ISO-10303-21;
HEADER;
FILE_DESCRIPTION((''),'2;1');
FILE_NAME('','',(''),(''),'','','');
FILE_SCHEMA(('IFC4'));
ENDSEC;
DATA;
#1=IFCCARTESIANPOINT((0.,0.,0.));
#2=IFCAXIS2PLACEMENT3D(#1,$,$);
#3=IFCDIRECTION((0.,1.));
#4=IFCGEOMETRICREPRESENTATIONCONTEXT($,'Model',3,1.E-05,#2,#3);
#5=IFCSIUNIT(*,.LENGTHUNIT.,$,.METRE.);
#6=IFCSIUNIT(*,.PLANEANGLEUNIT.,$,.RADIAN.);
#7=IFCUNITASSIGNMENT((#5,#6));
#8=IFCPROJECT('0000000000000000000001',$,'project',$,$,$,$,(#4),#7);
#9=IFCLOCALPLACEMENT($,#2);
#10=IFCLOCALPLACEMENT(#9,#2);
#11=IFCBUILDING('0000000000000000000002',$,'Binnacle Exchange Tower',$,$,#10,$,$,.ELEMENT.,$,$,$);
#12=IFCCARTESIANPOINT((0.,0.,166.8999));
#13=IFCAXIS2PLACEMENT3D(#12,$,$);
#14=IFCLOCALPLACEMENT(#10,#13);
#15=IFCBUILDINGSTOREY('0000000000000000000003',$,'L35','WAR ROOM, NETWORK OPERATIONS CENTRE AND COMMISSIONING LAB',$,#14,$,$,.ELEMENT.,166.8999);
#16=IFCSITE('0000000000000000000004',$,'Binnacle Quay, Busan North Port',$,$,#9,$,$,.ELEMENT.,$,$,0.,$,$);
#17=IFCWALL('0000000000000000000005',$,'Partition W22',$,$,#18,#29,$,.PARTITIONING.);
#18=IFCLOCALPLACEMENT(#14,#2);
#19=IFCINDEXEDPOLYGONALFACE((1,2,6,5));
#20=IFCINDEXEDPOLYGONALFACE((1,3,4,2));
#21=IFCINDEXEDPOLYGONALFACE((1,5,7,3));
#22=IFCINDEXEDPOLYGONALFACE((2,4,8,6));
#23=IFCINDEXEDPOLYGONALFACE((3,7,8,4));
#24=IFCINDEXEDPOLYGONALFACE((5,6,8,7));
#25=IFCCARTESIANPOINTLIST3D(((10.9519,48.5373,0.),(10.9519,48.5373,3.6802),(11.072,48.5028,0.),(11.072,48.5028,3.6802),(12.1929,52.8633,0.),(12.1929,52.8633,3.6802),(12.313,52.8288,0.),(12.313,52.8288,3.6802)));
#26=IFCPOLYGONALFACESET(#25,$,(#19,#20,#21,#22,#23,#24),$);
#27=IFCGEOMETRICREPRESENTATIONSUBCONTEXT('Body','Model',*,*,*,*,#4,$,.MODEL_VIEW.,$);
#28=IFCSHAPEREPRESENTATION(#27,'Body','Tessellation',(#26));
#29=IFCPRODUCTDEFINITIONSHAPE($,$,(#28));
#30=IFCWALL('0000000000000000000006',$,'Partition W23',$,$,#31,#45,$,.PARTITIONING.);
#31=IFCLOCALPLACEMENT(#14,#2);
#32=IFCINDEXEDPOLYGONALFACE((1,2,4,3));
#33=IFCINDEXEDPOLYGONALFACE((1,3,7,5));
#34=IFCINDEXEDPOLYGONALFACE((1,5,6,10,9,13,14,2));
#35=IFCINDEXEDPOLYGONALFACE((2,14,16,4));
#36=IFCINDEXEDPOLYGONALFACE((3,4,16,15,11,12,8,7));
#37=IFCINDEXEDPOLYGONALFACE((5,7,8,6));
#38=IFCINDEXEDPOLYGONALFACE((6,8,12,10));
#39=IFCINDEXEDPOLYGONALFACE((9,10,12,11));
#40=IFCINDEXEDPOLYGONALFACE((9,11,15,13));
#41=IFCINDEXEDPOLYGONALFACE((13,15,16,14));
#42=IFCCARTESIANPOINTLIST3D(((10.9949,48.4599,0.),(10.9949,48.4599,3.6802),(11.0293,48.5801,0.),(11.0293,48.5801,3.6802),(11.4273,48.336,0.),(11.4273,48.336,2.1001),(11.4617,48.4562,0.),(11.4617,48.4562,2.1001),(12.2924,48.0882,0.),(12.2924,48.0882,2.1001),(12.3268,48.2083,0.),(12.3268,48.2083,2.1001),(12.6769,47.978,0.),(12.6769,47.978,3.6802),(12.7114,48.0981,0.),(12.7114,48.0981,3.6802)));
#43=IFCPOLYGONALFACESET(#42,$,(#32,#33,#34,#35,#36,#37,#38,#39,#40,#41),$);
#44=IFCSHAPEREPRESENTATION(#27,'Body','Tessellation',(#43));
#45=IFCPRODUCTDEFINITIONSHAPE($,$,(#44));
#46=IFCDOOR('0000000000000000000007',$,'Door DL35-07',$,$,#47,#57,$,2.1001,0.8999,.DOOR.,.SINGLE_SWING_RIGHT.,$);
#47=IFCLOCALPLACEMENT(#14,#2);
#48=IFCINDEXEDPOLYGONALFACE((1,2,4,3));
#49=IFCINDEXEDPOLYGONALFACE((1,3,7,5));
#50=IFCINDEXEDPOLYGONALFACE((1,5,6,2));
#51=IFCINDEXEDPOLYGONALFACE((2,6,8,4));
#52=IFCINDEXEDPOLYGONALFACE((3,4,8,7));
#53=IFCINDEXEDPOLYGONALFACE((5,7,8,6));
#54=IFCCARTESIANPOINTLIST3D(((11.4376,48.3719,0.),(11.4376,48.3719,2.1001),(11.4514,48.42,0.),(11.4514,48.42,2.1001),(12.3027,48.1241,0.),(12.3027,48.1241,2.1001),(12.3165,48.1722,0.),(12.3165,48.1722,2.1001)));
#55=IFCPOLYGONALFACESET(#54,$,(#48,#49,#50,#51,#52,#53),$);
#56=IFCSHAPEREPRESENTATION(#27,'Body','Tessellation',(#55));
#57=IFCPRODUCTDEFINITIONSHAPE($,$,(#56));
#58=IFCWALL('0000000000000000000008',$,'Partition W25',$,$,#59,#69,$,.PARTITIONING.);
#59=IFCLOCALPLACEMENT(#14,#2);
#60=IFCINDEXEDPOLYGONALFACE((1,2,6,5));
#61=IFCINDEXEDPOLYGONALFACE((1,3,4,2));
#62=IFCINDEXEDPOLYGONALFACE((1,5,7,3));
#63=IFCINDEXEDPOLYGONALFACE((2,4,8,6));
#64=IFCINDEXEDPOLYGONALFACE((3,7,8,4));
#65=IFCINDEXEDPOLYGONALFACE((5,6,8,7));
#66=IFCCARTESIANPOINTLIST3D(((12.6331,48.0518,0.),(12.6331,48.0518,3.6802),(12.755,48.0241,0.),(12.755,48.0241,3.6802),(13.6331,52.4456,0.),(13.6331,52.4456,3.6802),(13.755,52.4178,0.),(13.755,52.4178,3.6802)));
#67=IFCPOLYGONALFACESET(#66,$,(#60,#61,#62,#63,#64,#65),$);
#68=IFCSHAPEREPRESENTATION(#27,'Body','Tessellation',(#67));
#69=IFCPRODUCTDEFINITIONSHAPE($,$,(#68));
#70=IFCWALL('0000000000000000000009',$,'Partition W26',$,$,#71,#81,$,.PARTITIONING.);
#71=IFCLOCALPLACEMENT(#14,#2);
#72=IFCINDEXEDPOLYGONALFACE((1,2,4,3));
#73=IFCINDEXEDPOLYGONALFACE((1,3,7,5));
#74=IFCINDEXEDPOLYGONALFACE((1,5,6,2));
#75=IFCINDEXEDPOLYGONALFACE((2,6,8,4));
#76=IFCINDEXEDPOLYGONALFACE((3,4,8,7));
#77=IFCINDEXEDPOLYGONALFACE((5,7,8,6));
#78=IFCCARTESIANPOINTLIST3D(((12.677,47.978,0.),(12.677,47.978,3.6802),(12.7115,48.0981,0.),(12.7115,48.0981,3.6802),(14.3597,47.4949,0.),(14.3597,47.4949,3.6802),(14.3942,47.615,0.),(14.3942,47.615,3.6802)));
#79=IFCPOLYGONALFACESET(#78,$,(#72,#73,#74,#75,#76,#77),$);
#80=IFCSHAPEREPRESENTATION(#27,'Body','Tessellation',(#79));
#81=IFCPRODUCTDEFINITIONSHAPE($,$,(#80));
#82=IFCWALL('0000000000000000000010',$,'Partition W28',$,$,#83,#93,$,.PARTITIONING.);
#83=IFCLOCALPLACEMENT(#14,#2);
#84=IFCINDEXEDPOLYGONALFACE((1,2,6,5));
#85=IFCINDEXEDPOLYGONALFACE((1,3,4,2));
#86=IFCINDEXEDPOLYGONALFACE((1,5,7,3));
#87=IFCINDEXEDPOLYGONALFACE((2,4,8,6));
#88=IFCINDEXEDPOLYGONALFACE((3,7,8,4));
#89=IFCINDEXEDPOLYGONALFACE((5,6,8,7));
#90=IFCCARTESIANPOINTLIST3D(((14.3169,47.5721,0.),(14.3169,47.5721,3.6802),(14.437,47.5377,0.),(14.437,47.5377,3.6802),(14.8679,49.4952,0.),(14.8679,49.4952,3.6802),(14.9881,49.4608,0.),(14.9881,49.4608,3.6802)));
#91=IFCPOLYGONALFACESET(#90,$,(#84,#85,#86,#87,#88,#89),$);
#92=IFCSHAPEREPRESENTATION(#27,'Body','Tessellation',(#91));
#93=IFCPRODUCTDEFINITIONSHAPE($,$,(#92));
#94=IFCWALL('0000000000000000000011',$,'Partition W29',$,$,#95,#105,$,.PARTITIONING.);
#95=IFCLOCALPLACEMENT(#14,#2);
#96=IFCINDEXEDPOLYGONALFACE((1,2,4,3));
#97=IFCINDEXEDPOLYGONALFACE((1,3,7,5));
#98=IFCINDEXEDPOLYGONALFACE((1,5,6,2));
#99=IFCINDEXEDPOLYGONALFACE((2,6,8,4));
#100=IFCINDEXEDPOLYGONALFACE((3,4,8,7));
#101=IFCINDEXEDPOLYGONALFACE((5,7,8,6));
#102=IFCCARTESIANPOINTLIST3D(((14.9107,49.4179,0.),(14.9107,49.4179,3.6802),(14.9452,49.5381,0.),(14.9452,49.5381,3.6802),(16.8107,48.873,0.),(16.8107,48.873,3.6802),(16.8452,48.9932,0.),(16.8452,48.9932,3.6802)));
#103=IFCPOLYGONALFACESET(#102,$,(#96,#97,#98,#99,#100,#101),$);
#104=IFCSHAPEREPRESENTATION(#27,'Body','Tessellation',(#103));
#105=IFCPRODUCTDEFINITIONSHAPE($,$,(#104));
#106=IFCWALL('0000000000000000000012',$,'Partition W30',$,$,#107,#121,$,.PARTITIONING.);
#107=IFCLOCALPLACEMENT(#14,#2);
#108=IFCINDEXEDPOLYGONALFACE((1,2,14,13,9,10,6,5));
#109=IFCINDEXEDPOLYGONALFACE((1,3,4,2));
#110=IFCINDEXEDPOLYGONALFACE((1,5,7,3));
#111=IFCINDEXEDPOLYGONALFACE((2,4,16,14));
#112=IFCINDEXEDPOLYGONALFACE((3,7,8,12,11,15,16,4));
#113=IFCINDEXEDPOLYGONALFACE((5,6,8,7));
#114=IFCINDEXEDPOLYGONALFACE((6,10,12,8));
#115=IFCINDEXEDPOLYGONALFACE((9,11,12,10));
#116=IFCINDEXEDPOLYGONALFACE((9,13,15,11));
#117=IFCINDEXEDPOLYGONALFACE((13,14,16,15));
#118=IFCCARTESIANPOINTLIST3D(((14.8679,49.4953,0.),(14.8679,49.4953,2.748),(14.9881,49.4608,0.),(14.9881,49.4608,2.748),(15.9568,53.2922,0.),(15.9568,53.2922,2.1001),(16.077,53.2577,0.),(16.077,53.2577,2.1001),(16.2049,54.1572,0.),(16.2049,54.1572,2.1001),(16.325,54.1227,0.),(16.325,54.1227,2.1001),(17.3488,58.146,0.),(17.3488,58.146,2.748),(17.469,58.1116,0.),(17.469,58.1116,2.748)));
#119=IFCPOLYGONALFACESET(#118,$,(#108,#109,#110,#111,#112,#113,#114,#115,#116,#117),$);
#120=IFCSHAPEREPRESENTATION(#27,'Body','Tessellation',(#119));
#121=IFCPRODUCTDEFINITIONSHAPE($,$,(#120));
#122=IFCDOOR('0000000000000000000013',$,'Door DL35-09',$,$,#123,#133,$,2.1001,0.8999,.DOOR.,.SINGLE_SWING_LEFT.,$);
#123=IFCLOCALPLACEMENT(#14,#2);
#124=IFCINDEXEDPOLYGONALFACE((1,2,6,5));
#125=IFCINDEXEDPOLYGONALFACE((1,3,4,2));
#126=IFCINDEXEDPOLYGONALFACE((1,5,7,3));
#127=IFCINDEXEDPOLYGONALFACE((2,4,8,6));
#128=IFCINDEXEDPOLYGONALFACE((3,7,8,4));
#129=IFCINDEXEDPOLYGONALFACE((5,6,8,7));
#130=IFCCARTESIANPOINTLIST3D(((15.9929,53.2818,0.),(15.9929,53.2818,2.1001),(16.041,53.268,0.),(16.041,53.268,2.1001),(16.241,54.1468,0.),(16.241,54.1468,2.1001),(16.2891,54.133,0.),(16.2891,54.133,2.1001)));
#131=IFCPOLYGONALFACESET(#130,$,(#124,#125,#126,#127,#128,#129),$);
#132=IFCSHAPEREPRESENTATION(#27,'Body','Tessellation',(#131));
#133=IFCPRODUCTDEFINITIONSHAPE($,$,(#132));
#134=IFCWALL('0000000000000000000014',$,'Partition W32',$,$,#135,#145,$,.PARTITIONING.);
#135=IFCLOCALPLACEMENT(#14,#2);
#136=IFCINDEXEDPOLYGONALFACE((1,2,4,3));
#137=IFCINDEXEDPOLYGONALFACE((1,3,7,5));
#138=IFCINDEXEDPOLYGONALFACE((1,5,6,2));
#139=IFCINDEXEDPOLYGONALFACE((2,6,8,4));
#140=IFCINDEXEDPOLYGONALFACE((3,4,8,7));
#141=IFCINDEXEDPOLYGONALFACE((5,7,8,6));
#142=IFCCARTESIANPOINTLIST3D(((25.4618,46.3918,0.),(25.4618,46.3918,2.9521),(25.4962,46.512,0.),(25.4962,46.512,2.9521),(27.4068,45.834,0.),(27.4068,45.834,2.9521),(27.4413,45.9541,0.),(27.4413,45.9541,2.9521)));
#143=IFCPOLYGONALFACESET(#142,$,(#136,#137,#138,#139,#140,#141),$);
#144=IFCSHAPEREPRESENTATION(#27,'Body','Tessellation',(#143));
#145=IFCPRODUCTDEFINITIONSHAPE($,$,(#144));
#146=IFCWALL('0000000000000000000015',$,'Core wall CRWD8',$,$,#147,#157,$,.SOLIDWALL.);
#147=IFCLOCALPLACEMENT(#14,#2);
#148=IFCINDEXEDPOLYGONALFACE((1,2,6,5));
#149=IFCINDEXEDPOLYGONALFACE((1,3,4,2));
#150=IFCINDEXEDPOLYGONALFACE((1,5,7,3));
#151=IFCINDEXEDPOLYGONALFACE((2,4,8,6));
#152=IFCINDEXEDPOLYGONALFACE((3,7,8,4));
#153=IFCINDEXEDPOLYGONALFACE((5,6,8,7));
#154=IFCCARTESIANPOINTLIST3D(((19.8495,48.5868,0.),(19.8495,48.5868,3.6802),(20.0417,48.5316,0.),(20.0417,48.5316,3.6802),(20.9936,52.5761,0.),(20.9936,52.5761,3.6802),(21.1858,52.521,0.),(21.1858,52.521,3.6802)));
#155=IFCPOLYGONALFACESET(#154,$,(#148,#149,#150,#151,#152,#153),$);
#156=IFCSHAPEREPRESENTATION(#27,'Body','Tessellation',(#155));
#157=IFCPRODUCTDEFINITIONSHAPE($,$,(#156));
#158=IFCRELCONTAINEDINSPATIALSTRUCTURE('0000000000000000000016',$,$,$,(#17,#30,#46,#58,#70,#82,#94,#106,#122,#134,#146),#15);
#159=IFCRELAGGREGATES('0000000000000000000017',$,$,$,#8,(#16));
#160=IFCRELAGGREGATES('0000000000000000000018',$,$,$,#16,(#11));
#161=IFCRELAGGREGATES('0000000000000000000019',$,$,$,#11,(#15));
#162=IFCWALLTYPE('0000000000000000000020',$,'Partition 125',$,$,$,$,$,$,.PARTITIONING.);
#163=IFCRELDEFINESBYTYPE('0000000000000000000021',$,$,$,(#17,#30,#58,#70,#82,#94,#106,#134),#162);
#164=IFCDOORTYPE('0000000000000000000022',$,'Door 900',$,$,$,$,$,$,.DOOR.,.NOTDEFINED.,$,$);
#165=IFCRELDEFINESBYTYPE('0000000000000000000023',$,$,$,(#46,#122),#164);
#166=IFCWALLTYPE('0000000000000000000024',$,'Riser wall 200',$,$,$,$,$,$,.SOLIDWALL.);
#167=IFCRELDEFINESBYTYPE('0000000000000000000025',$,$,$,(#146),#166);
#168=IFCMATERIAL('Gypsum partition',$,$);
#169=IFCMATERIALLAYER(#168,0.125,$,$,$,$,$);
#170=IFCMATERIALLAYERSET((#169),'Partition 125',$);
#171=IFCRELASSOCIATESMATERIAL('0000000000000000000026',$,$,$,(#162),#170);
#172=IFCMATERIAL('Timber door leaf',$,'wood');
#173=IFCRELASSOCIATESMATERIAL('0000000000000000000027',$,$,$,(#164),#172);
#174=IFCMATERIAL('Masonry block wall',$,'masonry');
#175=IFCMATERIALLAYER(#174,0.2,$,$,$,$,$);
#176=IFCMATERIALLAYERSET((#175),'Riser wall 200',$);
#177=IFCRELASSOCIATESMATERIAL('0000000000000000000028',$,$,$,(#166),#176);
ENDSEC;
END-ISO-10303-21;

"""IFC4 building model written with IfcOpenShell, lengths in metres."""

from ifc_helpers import new_model, si_unit, direction, frame, frame_2d, origin, place, context, subcontext, project, spatial, rectangle, extrude, material, layer, layer_set, type_object, element, fill, save


model = new_model("IFC4")

# Units and contexts
model_context = context("Model", 3, precision=1e-05, world=origin(), true_north=direction((0.0, 1.0)))
body_context = subcontext(model_context, "Body", "Model", "MODEL_VIEW")
ifc_project = project(units=[si_unit("LENGTHUNIT", "METRE"), si_unit("PLANEANGLEUNIT", "RADIAN")], contexts=[model_context])

# Site, building, storey
site_placement = place(None, origin())
site = spatial("IfcSite", under=ifc_project, at=site_placement, Name="Binnacle Quay, Busan North Port", CompositionType="ELEMENT", RefElevation=0.0)
building_placement = place(site_placement, origin())
building = spatial("IfcBuilding", under=site, at=building_placement, Name="Binnacle Exchange Tower", CompositionType="ELEMENT")
storey_placement = place(building_placement, frame((0.0, 0.0, 166.8999)))
storey = spatial("IfcBuildingStorey", under=building, at=storey_placement, Name="L35", Description="WAR ROOM, NETWORK OPERATIONS CENTRE AND COMMISSIONING LAB", CompositionType="ELEMENT", Elevation=166.8999)

# Wall
ifc_material_1 = material(Name="Gypsum partition")
ifc_layer_1 = layer(ifc_material_1, 0.125)
ifc_layer_set_1 = layer_set([ifc_layer_1], Name="Partition 125")
wall_type_1 = type_object("IfcWallType", Name="Partition 125", PredefinedType="PARTITIONING", material=ifc_layer_set_1)
wall_1_placement = place(storey_placement, frame((11.012, 48.52, 0.0), z_axis=(0.0, 0.0, 1.0), x_axis=(0.275746, 0.961231, 0.0)))
element("IfcWall", 1, at=wall_1_placement, inside=storey, type_object=wall_type_1, Name="Partition W22", PredefinedType="PARTITIONING", context=body_context, shape_type="SweptSolid", body=[
    extrude(rectangle(XDim=4.5005, YDim=0.125, at=frame_2d((2.2502, 0.0))), origin(), (0.0, 0.0, 1.0), 3.6802),
])

# Wall, opening, door
wall_2_placement = place(storey_placement, frame((11.012, 48.52, 0.0), z_axis=(0.0, 0.0, 1.0), x_axis=(0.961324, -0.275421, 0.0)))
wall_2 = element("IfcWall", 2, at=wall_2_placement, inside=storey, type_object=wall_type_1, Name="Partition W23", PredefinedType="PARTITIONING", context=body_context, shape_type="SweptSolid", body=[
    extrude(rectangle(XDim=1.7498, YDim=0.125, at=frame_2d((0.875, 0.0))), origin(), (0.0, 0.0, 1.0), 3.6802),
])
opening_1_placement = place(wall_2_placement, frame((0.45, 0.0, 0.0)))
opening_1 = element("IfcOpeningElement", 3, at=opening_1_placement, cuts=wall_2, PredefinedType="OPENING", context=body_context, shape_type="SweptSolid", body=[
    extrude(rectangle(XDim=0.8999, YDim=2.1001, at=frame_2d((0.45, 1.05))), frame((0.0, 0.0725, 0.0), z_axis=(0.0, -1.0, 0.0), x_axis=(1.0, 0.0, 0.0)), (0.0, 0.0, 1.0), 0.145),
])
ifc_material_2 = material(Name="Timber door leaf", Category="wood")
door_type_1 = type_object("IfcDoorType", Name="Door 900", OperationType="NOTDEFINED", PredefinedType="DOOR", material=ifc_material_2)
door_1_placement = place(opening_1_placement, origin())
door_1 = element("IfcDoor", 4, at=door_1_placement, inside=storey, type_object=door_type_1, Name="Door DL35-07", OperationType="SINGLE_SWING_RIGHT", OverallHeight=2.1001, OverallWidth=0.8999, PredefinedType="DOOR", context=body_context, shape_type="SweptSolid", body=[
    extrude(rectangle(XDim=0.8999, YDim=2.1001, at=frame_2d((0.45, 1.05))), frame((0.0, 0.0249, 0.0), z_axis=(0.0, -1.0, 0.0), x_axis=(1.0, 0.0, 0.0)), (0.0, 0.0, 1.0), 0.05),
])
fill(opening_1, door_1)

# Walls
wall_3_placement = place(storey_placement, frame((12.6941, 48.0381, 0.0), z_axis=(0.0, 0.0, 1.0), x_axis=(0.221918, 0.975065, 0.0)))
element("IfcWall", 5, at=wall_3_placement, inside=storey, type_object=wall_type_1, Name="Partition W25", PredefinedType="PARTITIONING", context=body_context, shape_type="SweptSolid", body=[
    extrude(rectangle(XDim=4.5061, YDim=0.125, at=frame_2d((2.2529, 0.0))), origin(), (0.0, 0.0, 1.0), 3.6802),
])
wall_4_placement = place(storey_placement, frame((12.6941, 48.0381, 0.0), z_axis=(0.0, 0.0, 1.0), x_axis=(0.961171, -0.275955, 0.0)))
element("IfcWall", 6, at=wall_4_placement, inside=storey, type_object=wall_type_1, Name="Partition W26", PredefinedType="PARTITIONING", context=body_context, shape_type="SweptSolid", body=[
    extrude(rectangle(XDim=1.7507, YDim=0.125, at=frame_2d((0.8755, 0.0))), origin(), (0.0, 0.0, 1.0), 3.6802),
])
wall_5_placement = place(storey_placement, frame((14.377, 47.5549, 0.0), z_axis=(0.0, 0.0, 1.0), x_axis=(0.275446, 0.961316, 0.0)))
element("IfcWall", 7, at=wall_5_placement, inside=storey, type_object=wall_type_1, Name="Partition W28", PredefinedType="PARTITIONING", context=body_context, shape_type="SweptSolid", body=[
    extrude(rectangle(XDim=2.0005, YDim=0.125, at=frame_2d((1.0002, 0.0))), origin(), (0.0, 0.0, 1.0), 3.6802),
])
wall_6_placement = place(storey_placement, frame((14.928, 49.478, 0.0), z_axis=(0.0, 0.0, 1.0), x_axis=(0.961244, -0.2757, 0.0)))
element("IfcWall", 8, at=wall_6_placement, inside=storey, type_object=wall_type_1, Name="Partition W29", PredefinedType="PARTITIONING", context=body_context, shape_type="SweptSolid", body=[
    extrude(rectangle(XDim=1.9766, YDim=0.125, at=frame_2d((0.9883, 0.0))), origin(), (0.0, 0.0, 1.0), 3.6802),
])

# Wall, opening, door
wall_7_placement = place(storey_placement, frame((14.928, 49.478, 0.0), z_axis=(0.0, 0.0, 1.0), x_axis=(0.275674, 0.961251, 0.0)))
wall_7 = element("IfcWall", 9, at=wall_7_placement, inside=storey, type_object=wall_type_1, Name="Partition W30", PredefinedType="PARTITIONING", context=body_context, shape_type="SweptSolid", body=[
    extrude(rectangle(XDim=8.9995, YDim=0.125, at=frame_2d((4.4998, 0.0))), origin(), (0.0, 0.0, 1.0), 2.748),
])
opening_2_placement = place(wall_7_placement, frame((3.95, 0.0, 0.0)))
opening_2 = element("IfcOpeningElement", 10, at=opening_2_placement, cuts=wall_7, PredefinedType="OPENING", context=body_context, shape_type="SweptSolid", body=[
    extrude(rectangle(XDim=0.8999, YDim=2.1001, at=frame_2d((0.45, 1.05))), frame((0.0, 0.0725, 0.0), z_axis=(0.0, -1.0, 0.0), x_axis=(1.0, 0.0, 0.0)), (0.0, 0.0, 1.0), 0.145),
])
door_2_placement = place(opening_2_placement, origin())
door_2 = element("IfcDoor", 11, at=door_2_placement, inside=storey, type_object=door_type_1, Name="Door DL35-09", OperationType="SINGLE_SWING_LEFT", OverallHeight=2.1001, OverallWidth=0.8999, PredefinedType="DOOR", context=body_context, shape_type="SweptSolid", body=[
    extrude(rectangle(XDim=0.8999, YDim=2.1001, at=frame_2d((0.45, 1.05))), frame((0.0, 0.0249, 0.0), z_axis=(0.0, -1.0, 0.0), x_axis=(1.0, 0.0, 0.0)), (0.0, 0.0, 1.0), 0.05),
])
fill(opening_2, door_2)

# Walls
wall_8_placement = place(storey_placement, frame((25.479, 46.4519, 0.0), z_axis=(0.0, 0.0, 1.0), x_axis=(0.961246, -0.275693, 0.0)))
element("IfcWall", 12, at=wall_8_placement, inside=storey, type_object=wall_type_1, Name="Partition W32", PredefinedType="PARTITIONING", context=body_context, shape_type="SweptSolid", body=[
    extrude(rectangle(XDim=2.0234, YDim=0.125, at=frame_2d((1.0117, 0.0))), origin(), (0.0, 0.0, 1.0), 2.9521),
])
ifc_material_3 = material(Name="Masonry block wall", Category="masonry")
ifc_layer_2 = layer(ifc_material_3, 0.2)
ifc_layer_set_2 = layer_set([ifc_layer_2], Name="Riser wall 200")
wall_type_2 = type_object("IfcWallType", Name="Riser wall 200", PredefinedType="SOLIDWALL", material=ifc_layer_set_2)
wall_9_placement = place(storey_placement, frame((19.9456, 48.5591, 0.0), z_axis=(0.0, 0.0, 1.0), x_axis=(0.275669, 0.961253, 0.0)))
element("IfcWall", 13, at=wall_9_placement, inside=storey, type_object=wall_type_2, Name="Core wall CRWD8", PredefinedType="SOLIDWALL", context=body_context, shape_type="SweptSolid", body=[
    extrude(rectangle(XDim=4.1501, YDim=0.2, at=frame_2d((2.0752, 0.0))), origin(), (0.0, 0.0, 1.0), 3.6802),
])

save(model, "model.ifc")
